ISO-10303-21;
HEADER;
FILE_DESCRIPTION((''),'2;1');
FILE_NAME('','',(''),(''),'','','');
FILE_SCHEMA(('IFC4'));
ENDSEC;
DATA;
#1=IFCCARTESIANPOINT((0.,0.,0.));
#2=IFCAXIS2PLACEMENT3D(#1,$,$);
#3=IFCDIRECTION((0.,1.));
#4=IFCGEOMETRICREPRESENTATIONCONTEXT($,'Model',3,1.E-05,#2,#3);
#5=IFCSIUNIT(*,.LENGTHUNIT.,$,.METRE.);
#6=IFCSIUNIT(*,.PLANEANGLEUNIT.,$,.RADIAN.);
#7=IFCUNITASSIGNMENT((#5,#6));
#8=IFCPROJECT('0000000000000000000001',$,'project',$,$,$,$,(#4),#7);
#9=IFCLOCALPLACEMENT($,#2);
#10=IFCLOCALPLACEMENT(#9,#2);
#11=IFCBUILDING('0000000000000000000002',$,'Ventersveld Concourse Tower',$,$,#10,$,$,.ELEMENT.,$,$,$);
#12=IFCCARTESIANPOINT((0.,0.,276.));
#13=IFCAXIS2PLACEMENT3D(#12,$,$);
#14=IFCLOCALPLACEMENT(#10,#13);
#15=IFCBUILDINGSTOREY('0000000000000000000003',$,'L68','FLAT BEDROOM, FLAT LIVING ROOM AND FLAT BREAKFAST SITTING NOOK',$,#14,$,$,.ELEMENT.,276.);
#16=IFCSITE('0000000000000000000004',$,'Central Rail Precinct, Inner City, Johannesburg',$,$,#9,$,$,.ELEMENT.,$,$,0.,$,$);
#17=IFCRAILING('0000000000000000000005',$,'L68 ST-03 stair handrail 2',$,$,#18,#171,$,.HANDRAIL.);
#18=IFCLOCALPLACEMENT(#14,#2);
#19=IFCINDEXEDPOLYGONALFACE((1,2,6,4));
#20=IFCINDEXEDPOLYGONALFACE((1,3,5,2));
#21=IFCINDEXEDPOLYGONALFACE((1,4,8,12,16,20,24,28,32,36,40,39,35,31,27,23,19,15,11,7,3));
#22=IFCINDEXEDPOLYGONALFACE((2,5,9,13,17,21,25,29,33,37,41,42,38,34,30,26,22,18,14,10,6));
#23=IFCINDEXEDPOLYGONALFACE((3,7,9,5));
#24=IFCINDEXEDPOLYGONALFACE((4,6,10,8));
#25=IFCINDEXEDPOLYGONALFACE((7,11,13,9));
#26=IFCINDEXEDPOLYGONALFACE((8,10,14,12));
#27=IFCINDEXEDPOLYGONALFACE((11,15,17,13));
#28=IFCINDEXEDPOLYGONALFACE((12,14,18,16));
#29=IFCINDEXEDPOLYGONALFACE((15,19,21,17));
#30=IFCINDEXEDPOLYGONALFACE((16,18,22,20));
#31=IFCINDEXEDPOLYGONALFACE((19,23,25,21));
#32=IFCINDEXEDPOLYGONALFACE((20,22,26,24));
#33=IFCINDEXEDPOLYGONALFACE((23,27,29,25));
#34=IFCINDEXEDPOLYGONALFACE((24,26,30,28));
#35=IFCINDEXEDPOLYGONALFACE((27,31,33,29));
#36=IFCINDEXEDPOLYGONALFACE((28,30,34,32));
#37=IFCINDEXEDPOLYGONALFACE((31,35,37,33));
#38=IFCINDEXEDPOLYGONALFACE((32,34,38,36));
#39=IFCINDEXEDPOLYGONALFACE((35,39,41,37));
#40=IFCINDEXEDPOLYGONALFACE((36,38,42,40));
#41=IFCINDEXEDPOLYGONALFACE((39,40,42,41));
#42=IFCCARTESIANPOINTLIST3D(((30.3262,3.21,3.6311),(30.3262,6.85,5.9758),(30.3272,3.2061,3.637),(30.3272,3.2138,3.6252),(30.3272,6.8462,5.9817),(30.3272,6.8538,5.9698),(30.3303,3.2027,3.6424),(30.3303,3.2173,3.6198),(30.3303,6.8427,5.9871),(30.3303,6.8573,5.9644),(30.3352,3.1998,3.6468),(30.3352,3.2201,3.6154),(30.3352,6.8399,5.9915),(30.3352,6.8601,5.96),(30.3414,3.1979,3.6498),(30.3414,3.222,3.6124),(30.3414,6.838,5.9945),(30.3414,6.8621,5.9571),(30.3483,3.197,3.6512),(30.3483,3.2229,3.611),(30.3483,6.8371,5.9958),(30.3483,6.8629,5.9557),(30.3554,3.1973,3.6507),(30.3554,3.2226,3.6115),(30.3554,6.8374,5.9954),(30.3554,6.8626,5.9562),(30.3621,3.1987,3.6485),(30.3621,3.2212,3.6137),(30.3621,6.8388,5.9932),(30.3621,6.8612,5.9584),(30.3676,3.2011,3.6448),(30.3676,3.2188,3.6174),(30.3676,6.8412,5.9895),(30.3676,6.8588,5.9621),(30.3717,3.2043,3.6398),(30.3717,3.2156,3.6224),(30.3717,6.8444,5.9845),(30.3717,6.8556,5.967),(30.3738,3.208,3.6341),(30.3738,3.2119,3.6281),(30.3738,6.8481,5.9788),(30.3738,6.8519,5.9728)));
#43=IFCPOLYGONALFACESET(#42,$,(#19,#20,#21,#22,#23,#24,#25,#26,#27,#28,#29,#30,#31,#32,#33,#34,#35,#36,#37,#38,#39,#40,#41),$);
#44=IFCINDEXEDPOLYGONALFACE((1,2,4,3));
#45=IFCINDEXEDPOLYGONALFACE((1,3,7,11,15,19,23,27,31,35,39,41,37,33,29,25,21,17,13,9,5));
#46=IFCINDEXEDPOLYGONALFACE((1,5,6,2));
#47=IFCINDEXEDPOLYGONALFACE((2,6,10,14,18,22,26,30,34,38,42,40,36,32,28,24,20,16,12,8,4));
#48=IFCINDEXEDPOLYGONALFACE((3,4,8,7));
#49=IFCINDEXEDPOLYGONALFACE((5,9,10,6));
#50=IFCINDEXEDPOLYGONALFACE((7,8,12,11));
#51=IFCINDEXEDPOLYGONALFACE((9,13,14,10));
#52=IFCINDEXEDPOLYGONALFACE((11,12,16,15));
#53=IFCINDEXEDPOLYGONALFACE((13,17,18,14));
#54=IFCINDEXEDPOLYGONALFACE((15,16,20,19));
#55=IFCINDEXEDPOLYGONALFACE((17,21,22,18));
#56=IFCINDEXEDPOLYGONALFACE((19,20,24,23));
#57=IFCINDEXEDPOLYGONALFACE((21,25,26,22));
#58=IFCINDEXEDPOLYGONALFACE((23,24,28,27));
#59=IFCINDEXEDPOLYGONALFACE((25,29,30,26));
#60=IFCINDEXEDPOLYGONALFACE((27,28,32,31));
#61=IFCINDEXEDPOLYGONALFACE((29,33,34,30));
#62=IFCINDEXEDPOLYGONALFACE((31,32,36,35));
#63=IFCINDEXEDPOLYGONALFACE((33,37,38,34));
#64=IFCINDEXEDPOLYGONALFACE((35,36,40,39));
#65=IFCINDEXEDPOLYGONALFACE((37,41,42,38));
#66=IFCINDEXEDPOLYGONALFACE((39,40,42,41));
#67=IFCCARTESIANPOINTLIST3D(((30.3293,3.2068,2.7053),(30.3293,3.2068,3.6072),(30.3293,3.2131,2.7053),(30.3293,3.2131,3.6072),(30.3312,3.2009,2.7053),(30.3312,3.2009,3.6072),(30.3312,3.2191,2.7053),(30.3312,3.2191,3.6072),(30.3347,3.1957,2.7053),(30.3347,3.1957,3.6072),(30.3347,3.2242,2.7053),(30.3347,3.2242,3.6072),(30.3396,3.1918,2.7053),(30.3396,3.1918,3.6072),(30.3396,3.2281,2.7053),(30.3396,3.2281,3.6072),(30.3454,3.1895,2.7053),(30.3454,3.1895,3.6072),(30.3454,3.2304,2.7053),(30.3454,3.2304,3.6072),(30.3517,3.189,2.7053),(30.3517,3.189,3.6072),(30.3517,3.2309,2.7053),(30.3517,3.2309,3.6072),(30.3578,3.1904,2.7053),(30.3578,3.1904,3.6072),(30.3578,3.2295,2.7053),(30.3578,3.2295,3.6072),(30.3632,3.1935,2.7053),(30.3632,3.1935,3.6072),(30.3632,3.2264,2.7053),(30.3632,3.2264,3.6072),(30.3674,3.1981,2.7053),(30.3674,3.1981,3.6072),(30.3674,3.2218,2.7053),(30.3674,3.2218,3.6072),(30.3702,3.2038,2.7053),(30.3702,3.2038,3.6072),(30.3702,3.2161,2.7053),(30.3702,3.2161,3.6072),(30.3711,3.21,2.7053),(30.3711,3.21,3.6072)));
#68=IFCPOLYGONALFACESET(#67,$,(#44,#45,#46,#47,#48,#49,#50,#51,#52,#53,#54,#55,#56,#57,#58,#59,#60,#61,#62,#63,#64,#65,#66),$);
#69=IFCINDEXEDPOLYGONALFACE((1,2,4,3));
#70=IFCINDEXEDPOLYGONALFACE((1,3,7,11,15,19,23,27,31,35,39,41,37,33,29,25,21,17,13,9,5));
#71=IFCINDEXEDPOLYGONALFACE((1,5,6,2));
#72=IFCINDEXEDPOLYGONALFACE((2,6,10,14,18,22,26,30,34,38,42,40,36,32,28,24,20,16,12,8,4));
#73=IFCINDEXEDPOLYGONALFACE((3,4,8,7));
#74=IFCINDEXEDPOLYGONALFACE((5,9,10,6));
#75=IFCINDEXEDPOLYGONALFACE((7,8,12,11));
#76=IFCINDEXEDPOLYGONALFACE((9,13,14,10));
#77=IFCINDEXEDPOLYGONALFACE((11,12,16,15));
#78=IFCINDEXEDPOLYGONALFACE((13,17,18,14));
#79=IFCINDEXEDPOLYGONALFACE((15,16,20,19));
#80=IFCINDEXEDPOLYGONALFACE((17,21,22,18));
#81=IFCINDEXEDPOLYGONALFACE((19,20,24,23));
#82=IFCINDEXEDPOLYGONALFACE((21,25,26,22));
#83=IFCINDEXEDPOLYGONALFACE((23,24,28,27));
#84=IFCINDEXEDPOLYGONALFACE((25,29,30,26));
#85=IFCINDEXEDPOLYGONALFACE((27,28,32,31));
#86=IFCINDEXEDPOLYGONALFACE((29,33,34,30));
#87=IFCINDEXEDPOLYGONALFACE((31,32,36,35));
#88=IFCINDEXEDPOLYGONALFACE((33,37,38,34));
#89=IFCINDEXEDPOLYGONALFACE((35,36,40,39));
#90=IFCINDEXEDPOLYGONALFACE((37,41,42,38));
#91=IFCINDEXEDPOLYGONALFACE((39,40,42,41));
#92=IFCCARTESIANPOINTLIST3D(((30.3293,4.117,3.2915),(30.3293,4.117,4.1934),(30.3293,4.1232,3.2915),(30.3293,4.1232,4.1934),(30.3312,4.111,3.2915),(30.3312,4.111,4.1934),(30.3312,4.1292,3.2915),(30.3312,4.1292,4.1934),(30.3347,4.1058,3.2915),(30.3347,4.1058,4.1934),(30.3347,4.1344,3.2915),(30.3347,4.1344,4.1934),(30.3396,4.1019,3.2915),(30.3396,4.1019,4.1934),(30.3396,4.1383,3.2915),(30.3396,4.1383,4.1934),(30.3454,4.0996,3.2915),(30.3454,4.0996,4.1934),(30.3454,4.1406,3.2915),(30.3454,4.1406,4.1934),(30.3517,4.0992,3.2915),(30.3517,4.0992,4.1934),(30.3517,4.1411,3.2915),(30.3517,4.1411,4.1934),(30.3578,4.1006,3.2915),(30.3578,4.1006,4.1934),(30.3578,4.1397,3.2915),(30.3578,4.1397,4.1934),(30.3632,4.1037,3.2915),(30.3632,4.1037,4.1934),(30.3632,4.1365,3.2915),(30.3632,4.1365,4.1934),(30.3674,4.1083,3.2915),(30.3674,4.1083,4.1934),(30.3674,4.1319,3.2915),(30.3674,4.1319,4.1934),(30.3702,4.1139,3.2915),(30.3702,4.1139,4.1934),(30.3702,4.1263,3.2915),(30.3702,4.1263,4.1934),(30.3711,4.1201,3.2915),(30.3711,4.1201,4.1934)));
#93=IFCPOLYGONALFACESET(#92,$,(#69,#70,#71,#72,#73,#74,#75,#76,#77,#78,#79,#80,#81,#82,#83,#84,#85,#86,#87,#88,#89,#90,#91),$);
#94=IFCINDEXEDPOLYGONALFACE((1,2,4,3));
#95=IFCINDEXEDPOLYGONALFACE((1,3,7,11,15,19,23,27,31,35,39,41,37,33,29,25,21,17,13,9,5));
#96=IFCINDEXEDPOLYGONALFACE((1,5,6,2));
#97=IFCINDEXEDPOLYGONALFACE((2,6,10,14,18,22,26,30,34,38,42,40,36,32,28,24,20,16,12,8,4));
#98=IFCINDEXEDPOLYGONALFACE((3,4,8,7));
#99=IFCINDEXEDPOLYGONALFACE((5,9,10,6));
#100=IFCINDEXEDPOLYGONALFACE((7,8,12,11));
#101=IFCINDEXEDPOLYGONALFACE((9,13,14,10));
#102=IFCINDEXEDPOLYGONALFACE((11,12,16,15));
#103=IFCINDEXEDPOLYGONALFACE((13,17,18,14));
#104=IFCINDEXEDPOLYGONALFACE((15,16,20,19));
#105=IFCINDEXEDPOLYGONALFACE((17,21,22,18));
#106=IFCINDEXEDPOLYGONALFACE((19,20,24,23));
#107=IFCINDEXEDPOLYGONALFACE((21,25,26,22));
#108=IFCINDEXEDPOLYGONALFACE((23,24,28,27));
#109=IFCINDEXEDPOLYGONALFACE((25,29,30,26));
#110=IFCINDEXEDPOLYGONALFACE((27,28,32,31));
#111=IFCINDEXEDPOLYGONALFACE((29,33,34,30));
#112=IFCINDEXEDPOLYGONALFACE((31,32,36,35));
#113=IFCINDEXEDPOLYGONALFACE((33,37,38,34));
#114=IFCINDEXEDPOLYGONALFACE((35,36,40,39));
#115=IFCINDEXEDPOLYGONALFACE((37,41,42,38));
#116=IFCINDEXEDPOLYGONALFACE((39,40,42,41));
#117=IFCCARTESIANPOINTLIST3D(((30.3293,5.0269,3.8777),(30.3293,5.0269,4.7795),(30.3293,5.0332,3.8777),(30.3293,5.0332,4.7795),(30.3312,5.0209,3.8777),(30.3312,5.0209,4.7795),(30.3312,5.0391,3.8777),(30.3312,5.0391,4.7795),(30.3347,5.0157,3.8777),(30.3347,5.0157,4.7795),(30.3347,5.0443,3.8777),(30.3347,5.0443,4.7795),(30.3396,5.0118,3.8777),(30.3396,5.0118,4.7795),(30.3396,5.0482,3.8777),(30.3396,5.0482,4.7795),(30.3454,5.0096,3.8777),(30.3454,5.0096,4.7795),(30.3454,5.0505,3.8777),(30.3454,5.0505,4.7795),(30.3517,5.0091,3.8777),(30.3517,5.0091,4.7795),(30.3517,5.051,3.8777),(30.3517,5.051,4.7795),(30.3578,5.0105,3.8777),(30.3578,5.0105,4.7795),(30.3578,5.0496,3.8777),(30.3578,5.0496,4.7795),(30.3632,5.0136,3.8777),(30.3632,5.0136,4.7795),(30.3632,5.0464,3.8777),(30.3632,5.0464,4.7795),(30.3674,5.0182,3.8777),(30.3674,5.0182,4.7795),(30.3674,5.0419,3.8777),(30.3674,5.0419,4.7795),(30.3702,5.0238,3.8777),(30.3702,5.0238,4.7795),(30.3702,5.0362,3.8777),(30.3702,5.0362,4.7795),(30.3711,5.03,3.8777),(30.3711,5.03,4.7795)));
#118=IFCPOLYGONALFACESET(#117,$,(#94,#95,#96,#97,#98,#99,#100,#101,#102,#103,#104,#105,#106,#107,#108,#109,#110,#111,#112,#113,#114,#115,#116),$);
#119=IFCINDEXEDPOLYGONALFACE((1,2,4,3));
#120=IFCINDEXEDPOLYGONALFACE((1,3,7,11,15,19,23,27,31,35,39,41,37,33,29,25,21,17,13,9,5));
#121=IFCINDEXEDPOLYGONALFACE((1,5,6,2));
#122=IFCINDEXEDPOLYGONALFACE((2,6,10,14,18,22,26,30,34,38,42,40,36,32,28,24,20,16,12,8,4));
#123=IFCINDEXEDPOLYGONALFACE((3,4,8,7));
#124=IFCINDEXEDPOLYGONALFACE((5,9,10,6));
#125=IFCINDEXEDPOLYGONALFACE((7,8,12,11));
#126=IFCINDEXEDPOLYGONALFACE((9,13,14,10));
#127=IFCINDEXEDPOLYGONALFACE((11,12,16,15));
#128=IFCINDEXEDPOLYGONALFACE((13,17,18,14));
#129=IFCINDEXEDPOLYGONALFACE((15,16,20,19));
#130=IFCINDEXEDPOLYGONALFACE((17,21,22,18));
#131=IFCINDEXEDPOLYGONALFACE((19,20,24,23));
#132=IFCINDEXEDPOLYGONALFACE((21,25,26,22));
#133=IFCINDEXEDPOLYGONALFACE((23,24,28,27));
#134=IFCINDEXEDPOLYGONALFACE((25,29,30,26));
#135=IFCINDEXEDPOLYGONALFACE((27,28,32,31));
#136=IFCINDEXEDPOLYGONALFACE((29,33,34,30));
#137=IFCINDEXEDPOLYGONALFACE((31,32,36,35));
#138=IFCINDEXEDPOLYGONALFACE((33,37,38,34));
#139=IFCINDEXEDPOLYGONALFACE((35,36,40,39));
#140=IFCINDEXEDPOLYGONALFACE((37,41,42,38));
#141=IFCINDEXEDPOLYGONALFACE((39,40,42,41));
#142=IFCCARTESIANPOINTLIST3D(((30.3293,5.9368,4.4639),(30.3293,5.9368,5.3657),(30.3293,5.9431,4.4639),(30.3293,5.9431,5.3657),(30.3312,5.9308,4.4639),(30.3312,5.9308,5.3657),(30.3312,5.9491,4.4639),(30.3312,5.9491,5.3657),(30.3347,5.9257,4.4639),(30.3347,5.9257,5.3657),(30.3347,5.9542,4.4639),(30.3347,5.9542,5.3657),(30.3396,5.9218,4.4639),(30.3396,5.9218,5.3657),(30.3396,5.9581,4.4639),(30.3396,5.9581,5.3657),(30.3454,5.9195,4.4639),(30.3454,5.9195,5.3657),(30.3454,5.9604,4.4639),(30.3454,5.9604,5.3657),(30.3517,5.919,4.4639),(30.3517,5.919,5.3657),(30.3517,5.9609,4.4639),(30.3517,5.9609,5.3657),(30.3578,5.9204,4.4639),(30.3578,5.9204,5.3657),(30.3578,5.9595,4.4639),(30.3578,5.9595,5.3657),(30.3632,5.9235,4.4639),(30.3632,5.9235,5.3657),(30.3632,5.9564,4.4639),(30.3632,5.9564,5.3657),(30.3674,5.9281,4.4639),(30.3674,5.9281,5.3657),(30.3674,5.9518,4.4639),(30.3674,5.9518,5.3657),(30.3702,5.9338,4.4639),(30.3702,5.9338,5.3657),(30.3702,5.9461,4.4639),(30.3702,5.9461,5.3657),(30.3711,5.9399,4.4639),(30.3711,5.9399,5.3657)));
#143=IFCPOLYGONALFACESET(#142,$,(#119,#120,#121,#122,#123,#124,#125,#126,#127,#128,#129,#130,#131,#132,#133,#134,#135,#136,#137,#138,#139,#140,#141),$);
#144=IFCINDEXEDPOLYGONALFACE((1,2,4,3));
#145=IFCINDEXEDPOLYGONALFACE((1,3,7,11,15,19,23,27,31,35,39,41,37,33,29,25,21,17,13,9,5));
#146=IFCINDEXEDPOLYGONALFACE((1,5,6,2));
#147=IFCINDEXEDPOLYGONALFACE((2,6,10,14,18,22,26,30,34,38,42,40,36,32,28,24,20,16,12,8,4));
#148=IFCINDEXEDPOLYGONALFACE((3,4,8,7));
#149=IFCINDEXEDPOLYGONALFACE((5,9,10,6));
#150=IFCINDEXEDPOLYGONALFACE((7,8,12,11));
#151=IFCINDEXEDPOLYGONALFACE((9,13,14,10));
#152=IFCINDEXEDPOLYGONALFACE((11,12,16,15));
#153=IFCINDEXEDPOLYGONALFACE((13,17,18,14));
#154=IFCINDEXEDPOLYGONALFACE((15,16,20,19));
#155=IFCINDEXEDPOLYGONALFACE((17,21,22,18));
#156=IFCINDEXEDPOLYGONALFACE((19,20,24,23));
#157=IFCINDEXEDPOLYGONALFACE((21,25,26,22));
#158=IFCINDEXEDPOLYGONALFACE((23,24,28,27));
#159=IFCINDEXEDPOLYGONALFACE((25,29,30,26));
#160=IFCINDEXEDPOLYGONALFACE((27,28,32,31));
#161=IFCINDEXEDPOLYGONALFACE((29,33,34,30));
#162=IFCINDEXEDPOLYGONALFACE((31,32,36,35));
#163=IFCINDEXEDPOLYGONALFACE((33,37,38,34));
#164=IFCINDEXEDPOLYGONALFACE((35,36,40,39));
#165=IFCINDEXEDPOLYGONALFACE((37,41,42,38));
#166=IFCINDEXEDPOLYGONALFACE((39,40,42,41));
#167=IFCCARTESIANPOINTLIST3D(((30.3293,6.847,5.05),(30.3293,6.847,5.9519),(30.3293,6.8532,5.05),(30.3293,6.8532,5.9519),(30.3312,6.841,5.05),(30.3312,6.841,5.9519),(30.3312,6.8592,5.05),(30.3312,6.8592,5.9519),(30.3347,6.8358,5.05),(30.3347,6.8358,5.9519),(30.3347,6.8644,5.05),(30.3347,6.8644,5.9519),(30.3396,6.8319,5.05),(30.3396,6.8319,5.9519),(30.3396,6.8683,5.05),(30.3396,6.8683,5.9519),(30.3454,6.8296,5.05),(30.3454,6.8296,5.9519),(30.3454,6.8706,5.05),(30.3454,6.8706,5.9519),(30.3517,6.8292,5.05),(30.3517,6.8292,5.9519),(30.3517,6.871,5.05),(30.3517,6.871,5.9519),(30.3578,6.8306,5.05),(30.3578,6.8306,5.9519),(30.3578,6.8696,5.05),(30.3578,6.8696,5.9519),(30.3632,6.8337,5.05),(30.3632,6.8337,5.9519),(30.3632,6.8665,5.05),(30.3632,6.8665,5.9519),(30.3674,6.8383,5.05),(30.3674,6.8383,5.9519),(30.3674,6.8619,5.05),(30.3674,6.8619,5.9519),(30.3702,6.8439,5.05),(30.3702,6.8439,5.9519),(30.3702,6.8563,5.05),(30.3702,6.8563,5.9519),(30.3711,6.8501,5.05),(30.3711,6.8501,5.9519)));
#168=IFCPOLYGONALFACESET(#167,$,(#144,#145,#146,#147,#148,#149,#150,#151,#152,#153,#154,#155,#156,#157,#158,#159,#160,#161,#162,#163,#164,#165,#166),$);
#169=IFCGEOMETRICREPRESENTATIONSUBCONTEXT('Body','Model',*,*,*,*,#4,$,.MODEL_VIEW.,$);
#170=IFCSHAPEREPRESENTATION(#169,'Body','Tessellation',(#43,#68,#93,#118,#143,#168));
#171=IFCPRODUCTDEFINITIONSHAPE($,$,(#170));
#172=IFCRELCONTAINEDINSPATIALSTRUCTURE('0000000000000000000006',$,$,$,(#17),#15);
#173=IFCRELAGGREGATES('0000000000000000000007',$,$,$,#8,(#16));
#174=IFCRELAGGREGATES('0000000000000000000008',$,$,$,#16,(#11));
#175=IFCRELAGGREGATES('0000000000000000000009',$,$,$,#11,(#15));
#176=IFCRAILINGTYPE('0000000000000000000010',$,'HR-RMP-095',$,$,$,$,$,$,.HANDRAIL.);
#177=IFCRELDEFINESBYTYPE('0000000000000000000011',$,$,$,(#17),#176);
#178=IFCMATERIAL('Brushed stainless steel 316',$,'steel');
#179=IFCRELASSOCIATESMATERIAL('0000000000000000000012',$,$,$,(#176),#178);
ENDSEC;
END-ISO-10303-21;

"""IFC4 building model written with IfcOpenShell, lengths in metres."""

from ifc_helpers import new_model, si_unit, direction, frame, origin, origin_2d, place, context, subcontext, project, spatial, circle, extrude, material, type_object, element, save


model = new_model("IFC4")

# Units and contexts
model_context = context("Model", 3, precision=1e-05, world=origin(), true_north=direction((0.0, 1.0)))
body_context = subcontext(model_context, "Body", "Model", "MODEL_VIEW")
ifc_project = project(units=[si_unit("LENGTHUNIT", "METRE"), si_unit("PLANEANGLEUNIT", "RADIAN")], contexts=[model_context])

# Site, building, storey
site_placement = place(None, origin())
site = spatial("IfcSite", under=ifc_project, at=site_placement, Name="Central Rail Precinct, Inner City, Johannesburg", CompositionType="ELEMENT", RefElevation=0.0)
building_placement = place(site_placement, origin())
building = spatial("IfcBuilding", under=site, at=building_placement, Name="Ventersveld Concourse Tower", CompositionType="ELEMENT")
storey_placement = place(building_placement, frame((0.0, 0.0, 276.0)))
storey = spatial("IfcBuildingStorey", under=building, at=storey_placement, Name="L68", Description="FLAT BEDROOM, FLAT LIVING ROOM AND FLAT BREAKFAST SITTING NOOK", CompositionType="ELEMENT", Elevation=276.0)

# Railing
ifc_material_1 = material(Name="Brushed stainless steel 316", Category="steel")
railing_type_1 = type_object("IfcRailingType", Name="HR-RMP-095", PredefinedType="HANDRAIL", material=ifc_material_1)
railing_1_placement = place(storey_placement, frame((30.3501, 3.21, 2.7053)))
element("IfcRailing", 1, at=railing_1_placement, inside=storey, type_object=railing_type_1, Name="L68 ST-03 stair handrail 2", PredefinedType="HANDRAIL", context=body_context, shape_type="SweptSolid", body=[
    extrude(circle(Radius=0.0239, at=origin_2d()), frame((0.0, 0.0, 0.9258), z_axis=(0.0, 0.840691, 0.541515), x_axis=(-1.0, 0.0, 0.0)), (0.0, 0.0, 1.0), 4.3298),
    extrude(circle(Radius=0.021, at=origin_2d()), origin(), (0.0, 0.0, 1.0), 0.9019),
    extrude(circle(Radius=0.021, at=origin_2d()), frame((0.0, 0.9102, 0.5862)), (0.0, 0.0, 1.0), 0.9019),
    extrude(circle(Radius=0.021, at=origin_2d()), frame((0.0, 1.8201, 1.1724)), (0.0, 0.0, 1.0), 0.9019),
    extrude(circle(Radius=0.021, at=origin_2d()), frame((0.0, 2.73, 1.7585)), (0.0, 0.0, 1.0), 0.9019),
    extrude(circle(Radius=0.021, at=origin_2d()), frame((0.0, 3.6401, 2.3447)), (0.0, 0.0, 1.0), 0.9019),
])

save(model, "model.ifc")
